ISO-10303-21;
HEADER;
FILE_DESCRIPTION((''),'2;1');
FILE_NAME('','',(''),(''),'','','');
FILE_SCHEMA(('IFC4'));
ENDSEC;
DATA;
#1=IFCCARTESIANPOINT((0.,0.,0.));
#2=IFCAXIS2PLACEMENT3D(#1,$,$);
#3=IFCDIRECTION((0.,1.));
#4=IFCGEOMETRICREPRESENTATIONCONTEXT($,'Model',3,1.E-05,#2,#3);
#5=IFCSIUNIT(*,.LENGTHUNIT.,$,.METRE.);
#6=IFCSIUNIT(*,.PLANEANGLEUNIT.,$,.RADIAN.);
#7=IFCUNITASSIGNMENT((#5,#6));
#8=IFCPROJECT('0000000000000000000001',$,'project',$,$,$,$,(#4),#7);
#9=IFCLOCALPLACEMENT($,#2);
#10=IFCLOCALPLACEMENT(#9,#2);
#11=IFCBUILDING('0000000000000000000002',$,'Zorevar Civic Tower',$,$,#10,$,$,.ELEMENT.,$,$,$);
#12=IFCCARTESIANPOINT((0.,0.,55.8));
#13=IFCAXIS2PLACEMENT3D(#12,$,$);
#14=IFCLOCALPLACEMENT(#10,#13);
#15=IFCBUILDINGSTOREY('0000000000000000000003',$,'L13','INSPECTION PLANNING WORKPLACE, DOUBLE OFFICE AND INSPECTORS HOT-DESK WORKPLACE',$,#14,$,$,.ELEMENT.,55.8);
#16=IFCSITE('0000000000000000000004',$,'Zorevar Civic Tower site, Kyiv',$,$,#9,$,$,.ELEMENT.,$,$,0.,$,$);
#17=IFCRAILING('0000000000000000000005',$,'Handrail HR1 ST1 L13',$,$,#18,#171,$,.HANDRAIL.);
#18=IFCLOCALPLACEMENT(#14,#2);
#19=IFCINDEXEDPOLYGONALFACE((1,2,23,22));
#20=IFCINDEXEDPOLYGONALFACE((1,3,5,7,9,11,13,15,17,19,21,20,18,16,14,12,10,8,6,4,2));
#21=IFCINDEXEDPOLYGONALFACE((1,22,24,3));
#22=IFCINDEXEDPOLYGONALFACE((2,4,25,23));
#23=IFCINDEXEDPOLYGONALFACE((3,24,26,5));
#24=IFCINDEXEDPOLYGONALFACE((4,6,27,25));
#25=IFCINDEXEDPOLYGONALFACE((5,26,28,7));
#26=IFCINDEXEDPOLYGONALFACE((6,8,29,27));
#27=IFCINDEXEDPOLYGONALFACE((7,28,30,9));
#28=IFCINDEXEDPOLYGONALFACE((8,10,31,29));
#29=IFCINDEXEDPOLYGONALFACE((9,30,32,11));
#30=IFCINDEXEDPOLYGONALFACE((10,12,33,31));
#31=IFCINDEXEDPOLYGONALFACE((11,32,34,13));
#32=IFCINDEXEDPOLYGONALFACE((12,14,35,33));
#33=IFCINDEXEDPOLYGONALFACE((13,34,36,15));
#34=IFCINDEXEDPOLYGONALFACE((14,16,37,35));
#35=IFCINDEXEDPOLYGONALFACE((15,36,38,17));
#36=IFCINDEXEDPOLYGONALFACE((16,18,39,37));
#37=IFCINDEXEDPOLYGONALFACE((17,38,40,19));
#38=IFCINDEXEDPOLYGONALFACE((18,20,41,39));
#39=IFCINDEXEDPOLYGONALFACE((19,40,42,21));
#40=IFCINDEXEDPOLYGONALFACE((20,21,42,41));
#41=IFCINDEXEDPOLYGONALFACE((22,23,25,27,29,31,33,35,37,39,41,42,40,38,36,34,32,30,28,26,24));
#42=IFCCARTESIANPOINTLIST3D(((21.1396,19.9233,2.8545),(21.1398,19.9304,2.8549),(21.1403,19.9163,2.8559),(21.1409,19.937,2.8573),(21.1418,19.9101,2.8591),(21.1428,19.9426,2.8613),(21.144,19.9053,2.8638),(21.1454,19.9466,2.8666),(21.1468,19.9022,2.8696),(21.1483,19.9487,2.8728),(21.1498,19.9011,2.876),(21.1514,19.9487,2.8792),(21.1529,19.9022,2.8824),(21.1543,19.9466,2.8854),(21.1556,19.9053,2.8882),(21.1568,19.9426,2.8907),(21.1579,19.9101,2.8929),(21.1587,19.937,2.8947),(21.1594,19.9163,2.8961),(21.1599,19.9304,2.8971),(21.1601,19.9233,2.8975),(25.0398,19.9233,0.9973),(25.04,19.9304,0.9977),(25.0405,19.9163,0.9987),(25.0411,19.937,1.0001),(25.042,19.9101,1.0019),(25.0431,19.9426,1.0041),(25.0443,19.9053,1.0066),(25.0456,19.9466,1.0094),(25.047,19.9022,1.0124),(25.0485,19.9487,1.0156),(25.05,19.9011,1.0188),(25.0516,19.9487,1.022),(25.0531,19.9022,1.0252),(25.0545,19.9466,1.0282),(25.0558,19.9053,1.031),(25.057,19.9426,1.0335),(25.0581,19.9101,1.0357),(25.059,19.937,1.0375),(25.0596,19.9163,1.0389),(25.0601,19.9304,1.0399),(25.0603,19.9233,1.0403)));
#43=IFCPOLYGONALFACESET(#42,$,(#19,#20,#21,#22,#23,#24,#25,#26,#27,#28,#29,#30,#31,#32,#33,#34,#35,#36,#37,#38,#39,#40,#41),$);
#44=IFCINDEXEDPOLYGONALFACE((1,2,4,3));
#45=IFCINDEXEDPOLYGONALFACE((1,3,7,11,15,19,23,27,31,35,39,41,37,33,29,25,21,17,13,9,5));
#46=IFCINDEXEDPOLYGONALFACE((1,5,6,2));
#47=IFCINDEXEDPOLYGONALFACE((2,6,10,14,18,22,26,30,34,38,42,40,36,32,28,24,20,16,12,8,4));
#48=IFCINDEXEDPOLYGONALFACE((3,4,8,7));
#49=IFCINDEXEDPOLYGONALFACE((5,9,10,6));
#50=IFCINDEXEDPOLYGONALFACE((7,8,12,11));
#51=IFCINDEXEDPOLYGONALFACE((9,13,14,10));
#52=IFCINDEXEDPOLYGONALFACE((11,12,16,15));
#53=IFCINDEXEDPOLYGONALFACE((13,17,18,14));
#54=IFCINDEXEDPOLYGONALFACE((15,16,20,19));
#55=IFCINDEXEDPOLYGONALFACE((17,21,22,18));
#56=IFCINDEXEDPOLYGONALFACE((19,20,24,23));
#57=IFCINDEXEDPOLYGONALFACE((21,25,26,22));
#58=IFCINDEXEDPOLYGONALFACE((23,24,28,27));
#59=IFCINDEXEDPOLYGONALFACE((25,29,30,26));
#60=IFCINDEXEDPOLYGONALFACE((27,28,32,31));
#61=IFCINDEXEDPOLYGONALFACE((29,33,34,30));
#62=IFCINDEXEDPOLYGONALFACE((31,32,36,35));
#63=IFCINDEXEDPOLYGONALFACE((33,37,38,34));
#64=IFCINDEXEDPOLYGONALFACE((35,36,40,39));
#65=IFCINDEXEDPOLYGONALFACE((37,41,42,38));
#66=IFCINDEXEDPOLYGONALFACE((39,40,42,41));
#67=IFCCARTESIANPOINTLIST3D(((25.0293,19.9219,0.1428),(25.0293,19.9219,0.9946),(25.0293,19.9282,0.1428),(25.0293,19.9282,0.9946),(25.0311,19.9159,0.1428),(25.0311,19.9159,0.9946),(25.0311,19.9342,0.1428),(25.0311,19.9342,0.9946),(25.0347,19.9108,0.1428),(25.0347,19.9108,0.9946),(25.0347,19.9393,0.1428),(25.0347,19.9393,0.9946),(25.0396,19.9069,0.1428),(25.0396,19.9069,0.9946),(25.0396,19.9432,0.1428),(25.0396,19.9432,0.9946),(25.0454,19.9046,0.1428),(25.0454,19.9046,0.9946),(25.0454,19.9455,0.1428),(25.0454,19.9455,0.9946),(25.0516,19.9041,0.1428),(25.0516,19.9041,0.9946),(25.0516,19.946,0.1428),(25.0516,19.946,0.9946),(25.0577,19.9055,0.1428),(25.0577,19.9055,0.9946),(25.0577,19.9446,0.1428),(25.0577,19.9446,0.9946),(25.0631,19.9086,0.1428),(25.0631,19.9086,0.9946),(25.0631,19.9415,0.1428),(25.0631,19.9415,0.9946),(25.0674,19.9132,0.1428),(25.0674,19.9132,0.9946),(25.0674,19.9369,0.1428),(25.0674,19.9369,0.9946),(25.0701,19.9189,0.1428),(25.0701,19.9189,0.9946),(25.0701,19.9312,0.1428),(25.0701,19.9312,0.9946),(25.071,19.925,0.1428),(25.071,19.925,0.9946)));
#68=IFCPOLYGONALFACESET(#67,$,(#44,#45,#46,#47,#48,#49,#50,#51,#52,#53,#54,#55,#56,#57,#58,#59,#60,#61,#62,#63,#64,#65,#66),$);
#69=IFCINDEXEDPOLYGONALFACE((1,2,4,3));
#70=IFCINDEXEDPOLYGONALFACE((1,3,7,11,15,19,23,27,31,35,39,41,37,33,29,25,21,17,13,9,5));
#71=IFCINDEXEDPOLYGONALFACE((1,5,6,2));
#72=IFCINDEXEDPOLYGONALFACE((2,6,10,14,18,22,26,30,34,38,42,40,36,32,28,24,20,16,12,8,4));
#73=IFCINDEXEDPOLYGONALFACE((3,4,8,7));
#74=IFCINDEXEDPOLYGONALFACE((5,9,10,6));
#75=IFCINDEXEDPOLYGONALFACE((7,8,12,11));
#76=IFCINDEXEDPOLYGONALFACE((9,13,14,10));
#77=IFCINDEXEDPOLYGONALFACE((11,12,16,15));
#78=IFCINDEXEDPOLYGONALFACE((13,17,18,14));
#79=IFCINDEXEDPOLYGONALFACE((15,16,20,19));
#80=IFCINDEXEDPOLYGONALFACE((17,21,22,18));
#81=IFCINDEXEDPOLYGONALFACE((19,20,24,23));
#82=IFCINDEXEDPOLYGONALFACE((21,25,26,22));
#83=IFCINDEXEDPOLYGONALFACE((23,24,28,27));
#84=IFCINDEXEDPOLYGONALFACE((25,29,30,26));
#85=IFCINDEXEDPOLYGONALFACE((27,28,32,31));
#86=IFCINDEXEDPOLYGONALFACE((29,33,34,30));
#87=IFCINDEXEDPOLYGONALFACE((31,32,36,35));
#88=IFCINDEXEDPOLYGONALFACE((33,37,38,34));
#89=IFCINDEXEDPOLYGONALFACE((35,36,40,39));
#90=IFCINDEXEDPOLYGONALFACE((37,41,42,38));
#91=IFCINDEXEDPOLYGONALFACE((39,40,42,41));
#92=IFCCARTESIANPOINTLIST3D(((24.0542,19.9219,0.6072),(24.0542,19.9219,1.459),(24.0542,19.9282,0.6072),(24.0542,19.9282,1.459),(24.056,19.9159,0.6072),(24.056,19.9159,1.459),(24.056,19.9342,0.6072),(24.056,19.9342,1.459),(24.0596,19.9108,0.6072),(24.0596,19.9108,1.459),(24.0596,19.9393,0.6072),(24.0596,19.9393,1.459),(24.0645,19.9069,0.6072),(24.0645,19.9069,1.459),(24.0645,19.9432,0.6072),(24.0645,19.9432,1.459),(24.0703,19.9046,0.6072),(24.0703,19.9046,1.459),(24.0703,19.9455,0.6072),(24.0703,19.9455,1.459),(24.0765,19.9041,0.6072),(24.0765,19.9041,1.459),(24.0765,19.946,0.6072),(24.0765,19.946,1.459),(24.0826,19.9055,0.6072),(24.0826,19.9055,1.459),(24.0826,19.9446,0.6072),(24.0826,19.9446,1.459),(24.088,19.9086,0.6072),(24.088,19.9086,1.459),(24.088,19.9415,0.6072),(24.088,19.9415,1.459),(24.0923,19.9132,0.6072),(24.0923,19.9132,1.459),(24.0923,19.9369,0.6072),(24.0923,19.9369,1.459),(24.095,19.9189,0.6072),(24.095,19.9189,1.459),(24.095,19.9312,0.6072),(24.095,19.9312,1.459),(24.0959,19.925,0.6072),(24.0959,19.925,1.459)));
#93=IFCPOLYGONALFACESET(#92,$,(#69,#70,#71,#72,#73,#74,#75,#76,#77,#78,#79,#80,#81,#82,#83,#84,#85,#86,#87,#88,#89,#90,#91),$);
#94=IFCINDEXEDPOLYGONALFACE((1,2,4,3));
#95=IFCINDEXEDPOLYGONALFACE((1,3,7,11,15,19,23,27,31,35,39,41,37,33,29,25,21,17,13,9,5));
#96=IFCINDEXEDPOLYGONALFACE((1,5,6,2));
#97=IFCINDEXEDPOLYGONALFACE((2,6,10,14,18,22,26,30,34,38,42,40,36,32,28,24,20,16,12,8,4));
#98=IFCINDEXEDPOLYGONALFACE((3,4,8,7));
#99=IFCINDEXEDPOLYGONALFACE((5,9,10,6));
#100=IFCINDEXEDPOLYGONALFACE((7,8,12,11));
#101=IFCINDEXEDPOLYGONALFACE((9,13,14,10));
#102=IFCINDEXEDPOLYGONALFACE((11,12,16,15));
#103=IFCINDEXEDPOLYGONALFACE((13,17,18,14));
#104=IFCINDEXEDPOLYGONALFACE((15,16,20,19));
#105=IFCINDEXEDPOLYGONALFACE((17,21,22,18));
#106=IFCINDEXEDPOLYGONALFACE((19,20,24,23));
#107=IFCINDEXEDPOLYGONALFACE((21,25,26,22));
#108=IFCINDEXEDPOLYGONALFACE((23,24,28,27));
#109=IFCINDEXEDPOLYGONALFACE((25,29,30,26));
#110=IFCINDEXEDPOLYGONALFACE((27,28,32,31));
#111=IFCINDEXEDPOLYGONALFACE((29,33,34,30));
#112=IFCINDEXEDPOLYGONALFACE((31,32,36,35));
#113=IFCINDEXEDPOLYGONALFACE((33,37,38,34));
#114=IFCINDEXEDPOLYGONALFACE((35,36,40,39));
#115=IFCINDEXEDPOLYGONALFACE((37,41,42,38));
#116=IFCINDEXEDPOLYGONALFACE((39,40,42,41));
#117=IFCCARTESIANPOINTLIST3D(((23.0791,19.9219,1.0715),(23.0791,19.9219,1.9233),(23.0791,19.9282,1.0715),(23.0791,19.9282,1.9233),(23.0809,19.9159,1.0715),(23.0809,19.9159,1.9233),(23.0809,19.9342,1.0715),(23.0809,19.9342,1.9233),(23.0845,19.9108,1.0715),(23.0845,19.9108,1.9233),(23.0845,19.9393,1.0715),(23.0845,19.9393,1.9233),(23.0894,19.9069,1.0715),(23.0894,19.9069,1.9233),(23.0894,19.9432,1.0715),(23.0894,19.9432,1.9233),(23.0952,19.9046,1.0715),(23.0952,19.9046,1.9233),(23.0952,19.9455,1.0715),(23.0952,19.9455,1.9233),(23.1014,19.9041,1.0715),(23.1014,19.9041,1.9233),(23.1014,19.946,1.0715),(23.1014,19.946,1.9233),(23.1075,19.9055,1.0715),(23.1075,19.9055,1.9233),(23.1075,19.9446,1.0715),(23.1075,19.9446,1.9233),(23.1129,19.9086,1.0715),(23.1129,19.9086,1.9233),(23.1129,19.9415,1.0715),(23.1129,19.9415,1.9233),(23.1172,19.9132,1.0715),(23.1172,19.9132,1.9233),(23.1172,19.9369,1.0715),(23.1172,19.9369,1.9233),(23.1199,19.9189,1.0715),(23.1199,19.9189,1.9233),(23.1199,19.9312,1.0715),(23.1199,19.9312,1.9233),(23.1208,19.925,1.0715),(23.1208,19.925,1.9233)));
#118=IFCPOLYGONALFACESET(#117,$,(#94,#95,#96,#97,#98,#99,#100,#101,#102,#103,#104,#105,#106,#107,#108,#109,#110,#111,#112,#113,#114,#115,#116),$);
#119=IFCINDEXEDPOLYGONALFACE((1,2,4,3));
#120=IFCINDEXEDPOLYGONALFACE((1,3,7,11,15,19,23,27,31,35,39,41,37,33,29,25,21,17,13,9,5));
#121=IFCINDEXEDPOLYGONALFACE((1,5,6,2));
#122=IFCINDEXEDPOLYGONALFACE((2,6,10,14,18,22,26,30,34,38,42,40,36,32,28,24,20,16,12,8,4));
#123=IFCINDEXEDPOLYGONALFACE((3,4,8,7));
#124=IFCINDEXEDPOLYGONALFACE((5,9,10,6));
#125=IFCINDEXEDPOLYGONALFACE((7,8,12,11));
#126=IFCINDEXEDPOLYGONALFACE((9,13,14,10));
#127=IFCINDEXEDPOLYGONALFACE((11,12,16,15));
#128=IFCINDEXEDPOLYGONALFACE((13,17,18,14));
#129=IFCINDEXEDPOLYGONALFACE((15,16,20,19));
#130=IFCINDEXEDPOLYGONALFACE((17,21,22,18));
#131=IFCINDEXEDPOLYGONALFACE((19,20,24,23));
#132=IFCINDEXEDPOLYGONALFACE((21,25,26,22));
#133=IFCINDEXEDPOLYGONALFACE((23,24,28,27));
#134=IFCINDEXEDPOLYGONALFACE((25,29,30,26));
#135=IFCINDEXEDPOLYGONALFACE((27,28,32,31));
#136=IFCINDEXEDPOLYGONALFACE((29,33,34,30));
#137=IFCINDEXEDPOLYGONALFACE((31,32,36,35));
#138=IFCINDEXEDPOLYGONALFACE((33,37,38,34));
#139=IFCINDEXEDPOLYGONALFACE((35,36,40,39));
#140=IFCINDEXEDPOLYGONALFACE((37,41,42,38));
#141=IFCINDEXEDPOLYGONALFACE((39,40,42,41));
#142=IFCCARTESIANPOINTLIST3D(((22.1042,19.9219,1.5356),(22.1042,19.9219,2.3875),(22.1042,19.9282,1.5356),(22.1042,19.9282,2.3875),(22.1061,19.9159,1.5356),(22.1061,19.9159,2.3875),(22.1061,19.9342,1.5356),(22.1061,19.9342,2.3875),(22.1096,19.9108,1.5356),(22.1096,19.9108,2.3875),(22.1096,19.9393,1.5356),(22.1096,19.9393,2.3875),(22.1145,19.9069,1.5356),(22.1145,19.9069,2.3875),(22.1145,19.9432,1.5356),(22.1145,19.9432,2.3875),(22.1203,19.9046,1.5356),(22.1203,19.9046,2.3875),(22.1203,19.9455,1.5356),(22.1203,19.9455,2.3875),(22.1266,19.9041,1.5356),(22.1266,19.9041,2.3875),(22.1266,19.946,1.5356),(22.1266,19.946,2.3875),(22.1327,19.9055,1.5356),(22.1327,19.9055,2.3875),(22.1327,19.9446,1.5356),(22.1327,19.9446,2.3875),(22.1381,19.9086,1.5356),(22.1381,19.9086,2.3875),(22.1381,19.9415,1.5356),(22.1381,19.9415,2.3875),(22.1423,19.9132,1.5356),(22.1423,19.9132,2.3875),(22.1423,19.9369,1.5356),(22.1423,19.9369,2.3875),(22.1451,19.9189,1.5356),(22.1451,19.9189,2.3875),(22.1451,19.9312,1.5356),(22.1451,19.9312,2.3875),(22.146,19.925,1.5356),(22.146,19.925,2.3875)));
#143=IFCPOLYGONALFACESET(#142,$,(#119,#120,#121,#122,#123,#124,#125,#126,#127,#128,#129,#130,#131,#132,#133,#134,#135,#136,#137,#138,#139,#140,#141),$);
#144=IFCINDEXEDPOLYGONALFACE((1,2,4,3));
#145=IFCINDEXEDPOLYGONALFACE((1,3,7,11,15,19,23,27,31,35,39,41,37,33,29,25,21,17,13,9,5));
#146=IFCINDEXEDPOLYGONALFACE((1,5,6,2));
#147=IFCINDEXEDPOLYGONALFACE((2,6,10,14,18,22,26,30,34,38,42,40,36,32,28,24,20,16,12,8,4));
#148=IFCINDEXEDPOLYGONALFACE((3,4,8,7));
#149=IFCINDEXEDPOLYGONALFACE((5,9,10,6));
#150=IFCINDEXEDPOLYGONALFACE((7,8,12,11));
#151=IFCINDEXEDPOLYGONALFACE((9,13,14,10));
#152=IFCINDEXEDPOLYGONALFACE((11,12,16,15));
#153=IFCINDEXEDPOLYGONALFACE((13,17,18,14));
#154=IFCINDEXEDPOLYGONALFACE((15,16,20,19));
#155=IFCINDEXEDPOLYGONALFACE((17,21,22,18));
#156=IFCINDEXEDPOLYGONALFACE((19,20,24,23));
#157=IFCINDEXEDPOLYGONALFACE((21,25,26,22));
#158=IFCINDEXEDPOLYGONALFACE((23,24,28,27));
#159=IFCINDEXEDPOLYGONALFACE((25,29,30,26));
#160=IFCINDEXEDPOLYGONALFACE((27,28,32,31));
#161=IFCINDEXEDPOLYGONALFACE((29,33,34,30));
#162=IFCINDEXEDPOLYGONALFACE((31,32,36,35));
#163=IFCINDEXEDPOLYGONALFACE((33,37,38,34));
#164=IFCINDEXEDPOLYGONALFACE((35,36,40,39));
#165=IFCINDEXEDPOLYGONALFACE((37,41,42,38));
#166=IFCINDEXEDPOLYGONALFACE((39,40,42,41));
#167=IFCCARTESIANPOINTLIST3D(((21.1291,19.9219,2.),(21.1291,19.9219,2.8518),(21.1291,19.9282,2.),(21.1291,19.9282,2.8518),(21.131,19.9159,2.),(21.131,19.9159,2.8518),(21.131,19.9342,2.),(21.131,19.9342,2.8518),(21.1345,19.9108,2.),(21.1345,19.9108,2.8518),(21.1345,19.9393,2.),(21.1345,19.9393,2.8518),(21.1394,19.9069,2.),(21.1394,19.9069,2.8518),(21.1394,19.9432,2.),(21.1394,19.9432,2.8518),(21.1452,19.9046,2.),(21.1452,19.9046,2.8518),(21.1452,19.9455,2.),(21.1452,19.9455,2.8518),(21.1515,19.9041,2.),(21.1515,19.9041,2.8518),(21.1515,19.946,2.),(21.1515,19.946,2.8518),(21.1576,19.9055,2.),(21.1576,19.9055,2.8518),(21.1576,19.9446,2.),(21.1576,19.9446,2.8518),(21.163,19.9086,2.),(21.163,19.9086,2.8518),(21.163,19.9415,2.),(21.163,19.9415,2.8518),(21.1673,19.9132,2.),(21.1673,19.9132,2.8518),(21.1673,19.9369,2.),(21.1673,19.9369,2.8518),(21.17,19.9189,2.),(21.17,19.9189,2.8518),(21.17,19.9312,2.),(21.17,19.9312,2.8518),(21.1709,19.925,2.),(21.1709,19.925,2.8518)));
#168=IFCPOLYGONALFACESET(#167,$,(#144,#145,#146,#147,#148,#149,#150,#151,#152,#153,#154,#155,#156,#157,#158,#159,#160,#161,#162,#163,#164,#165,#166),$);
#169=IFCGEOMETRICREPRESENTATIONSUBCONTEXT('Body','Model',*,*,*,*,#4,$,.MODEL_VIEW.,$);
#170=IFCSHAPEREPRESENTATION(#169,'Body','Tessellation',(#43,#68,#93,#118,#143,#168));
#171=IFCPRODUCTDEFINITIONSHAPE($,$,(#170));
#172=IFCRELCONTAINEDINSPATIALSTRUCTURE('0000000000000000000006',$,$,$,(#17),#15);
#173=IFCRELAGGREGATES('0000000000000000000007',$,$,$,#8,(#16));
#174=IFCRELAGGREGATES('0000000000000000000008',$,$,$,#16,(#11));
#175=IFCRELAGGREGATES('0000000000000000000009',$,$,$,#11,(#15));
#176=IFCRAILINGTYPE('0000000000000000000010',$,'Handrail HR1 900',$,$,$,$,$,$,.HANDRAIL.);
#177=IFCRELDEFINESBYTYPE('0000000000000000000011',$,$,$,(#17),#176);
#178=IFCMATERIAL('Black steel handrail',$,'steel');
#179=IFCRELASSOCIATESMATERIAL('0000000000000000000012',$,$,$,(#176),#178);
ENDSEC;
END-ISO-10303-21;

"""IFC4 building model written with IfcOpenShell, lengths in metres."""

from ifc_helpers import new_model, si_unit, direction, frame, origin, origin_2d, place, context, subcontext, project, spatial, circle, extrude, material, type_object, element, save


model = new_model("IFC4")

# Units and contexts
model_context = context("Model", 3, precision=1e-05, world=origin(), true_north=direction((0.0, 1.0)))
body_context = subcontext(model_context, "Body", "Model", "MODEL_VIEW")
ifc_project = project(units=[si_unit("LENGTHUNIT", "METRE"), si_unit("PLANEANGLEUNIT", "RADIAN")], contexts=[model_context])

# Site, building, storey
site_placement = place(None, origin())
site = spatial("IfcSite", under=ifc_project, at=site_placement, Name="Zorevar Civic Tower site, Kyiv", CompositionType="ELEMENT", RefElevation=0.0)
building_placement = place(site_placement, origin())
building = spatial("IfcBuilding", under=site, at=building_placement, Name="Zorevar Civic Tower", CompositionType="ELEMENT")
storey_placement = place(building_placement, frame((0.0, 0.0, 55.8)))
storey = spatial("IfcBuildingStorey", under=building, at=storey_placement, Name="L13", Description="INSPECTION PLANNING WORKPLACE, DOUBLE OFFICE AND INSPECTORS HOT-DESK WORKPLACE", CompositionType="ELEMENT", Elevation=55.8)

# Railing
ifc_material_1 = material(Name="Black steel handrail", Category="steel")
railing_type = type_object("IfcRailingType", Name="Handrail HR1 900", PredefinedType="HANDRAIL", material=ifc_material_1)
railing_1_placement = place(storey_placement, frame((25.05, 19.925, 0.1428)))
element("IfcRailing", 1, at=railing_1_placement, inside=storey, type_object=railing_type, Name="Handrail HR1 ST1 L13", PredefinedType="HANDRAIL", context=body_context, shape_type="SweptSolid", body=[
    extrude(circle(Radius=0.0239, at=origin_2d()), frame((0.0, 0.0, 0.876), z_axis=(-0.902864, 0.0, 0.429927), x_axis=(0.0, -1.0, 0.0)), (0.0, 0.0, 1.0), 4.3198),
    extrude(circle(Radius=0.021, at=origin_2d()), origin(), (0.0, 0.0, 1.0), 0.8518),
    extrude(circle(Radius=0.021, at=origin_2d()), frame((-0.9751, 0.0, 0.4644)), (0.0, 0.0, 1.0), 0.8518),
    extrude(circle(Radius=0.021, at=origin_2d()), frame((-1.9502, 0.0, 0.9287)), (0.0, 0.0, 1.0), 0.8518),
    extrude(circle(Radius=0.021, at=origin_2d()), frame((-2.925, 0.0, 1.3928)), (0.0, 0.0, 1.0), 0.8518),
    extrude(circle(Radius=0.021, at=origin_2d()), frame((-3.9001, 0.0, 1.8572)), (0.0, 0.0, 1.0), 0.8518),
])

save(model, "model.ifc")
